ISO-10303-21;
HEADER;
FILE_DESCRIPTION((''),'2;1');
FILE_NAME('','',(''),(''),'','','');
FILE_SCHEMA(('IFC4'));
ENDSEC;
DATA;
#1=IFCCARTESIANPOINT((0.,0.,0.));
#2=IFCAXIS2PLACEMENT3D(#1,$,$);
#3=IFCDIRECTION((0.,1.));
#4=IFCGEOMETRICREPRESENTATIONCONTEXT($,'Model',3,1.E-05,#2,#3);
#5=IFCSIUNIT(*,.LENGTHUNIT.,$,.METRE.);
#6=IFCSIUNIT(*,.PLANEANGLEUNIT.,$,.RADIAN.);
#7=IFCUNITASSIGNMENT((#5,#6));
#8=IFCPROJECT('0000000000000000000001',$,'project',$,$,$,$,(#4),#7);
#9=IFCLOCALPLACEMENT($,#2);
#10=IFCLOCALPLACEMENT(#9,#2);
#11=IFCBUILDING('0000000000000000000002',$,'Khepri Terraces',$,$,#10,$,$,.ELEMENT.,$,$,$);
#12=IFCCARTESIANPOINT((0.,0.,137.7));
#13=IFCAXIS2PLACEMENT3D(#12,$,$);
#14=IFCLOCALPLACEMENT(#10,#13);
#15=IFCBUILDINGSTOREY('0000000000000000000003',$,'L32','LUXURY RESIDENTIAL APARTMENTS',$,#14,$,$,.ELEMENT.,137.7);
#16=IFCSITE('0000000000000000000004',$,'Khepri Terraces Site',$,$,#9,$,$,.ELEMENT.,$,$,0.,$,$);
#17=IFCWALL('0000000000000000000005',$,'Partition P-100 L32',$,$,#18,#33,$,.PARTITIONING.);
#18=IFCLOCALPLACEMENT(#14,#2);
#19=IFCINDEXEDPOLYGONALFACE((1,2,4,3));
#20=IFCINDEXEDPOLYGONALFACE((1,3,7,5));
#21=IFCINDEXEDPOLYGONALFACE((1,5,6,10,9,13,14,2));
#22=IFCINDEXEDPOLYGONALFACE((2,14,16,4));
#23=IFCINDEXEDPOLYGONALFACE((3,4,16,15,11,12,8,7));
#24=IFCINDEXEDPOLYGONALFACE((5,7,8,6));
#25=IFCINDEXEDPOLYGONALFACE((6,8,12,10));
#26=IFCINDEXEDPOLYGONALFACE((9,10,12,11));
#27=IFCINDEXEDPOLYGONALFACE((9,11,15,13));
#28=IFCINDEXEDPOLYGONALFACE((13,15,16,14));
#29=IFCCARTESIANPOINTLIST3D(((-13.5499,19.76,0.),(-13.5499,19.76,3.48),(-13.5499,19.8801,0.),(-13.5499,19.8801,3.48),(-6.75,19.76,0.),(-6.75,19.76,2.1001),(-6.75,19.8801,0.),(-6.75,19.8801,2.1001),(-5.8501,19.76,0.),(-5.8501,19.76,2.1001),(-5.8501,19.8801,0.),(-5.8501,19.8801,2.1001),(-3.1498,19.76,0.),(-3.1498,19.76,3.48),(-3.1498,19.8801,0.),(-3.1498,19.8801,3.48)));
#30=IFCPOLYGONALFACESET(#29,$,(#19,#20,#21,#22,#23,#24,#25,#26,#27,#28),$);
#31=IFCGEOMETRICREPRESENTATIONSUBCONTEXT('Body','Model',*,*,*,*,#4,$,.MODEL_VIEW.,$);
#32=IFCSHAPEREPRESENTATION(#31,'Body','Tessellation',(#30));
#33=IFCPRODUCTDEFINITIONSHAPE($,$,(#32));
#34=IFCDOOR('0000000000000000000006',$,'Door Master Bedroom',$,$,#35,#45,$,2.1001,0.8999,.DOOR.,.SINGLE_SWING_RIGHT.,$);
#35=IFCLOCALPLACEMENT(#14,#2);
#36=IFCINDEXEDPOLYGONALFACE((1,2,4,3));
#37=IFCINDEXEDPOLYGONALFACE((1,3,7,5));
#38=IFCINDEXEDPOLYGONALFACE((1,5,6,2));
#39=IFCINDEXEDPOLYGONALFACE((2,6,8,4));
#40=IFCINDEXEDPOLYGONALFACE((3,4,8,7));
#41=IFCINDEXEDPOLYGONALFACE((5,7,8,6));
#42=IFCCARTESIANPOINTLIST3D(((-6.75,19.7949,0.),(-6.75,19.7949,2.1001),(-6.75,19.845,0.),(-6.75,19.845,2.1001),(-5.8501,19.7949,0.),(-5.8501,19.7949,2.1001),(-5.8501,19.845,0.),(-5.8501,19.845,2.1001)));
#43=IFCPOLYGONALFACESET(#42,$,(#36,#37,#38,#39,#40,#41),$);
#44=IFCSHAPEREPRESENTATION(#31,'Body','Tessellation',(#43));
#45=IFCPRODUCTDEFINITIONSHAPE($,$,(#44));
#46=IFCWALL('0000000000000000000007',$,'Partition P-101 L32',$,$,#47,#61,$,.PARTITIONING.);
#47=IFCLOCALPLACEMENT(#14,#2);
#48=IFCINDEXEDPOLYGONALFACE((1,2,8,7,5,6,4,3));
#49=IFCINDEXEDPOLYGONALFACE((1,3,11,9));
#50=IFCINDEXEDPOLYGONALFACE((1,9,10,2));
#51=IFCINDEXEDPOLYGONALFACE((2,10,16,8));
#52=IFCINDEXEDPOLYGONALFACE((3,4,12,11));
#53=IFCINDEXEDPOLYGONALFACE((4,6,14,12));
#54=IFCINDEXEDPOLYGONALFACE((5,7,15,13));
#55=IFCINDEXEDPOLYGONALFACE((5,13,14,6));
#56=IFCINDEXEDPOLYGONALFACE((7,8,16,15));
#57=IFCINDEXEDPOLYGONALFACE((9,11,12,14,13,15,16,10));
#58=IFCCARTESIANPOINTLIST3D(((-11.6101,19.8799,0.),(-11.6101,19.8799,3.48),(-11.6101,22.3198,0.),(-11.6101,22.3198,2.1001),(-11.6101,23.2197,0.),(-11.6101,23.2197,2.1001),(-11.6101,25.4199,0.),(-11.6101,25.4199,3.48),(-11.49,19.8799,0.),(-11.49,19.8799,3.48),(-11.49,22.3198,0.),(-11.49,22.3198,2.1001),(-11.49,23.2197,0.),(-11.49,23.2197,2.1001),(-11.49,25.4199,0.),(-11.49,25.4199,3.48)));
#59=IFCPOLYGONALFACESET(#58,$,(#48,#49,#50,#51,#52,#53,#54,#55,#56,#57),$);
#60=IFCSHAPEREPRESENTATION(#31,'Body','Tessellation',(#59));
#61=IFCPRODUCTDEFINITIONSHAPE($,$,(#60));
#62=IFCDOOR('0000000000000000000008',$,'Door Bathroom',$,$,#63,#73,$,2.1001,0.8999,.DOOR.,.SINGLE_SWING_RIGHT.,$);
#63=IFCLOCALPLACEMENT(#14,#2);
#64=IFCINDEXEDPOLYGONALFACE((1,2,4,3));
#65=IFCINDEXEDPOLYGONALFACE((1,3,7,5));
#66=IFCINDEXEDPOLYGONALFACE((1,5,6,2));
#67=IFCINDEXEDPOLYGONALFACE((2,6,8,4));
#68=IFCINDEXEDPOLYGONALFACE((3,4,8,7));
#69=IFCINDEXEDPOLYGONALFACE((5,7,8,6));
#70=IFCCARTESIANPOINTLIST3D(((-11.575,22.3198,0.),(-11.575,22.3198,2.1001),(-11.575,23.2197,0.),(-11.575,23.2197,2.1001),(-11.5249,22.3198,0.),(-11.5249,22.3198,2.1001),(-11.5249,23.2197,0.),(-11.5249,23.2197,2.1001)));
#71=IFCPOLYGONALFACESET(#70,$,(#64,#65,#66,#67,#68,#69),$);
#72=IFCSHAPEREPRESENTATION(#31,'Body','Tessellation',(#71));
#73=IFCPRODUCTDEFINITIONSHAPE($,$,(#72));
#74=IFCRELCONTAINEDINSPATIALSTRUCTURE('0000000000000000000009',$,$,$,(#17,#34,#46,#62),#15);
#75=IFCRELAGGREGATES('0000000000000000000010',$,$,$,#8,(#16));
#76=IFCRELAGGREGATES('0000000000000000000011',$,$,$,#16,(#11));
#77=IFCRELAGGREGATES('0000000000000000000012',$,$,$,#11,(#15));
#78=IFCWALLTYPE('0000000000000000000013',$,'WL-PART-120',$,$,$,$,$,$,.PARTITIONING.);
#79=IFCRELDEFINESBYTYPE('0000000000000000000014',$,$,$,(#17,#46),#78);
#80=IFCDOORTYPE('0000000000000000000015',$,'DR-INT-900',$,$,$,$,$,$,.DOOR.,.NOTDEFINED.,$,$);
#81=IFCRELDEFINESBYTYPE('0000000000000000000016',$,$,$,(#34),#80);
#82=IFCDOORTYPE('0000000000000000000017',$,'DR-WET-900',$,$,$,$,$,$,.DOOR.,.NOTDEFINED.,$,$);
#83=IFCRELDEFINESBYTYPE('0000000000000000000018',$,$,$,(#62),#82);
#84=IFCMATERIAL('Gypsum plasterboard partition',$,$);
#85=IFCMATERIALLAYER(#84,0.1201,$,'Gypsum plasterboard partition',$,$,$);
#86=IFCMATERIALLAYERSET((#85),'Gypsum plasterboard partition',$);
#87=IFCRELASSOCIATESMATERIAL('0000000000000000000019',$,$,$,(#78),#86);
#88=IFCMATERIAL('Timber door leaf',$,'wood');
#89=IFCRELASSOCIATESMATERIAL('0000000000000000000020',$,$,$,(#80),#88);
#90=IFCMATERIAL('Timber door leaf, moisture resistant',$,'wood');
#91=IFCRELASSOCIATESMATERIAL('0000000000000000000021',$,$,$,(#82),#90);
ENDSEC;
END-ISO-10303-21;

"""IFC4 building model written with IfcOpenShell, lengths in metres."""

from ifc_helpers import new_model, si_unit, direction, frame, frame_2d, origin, place, context, subcontext, project, spatial, rectangle, extrude, material, layer, layer_set, type_object, element, fill, save


model = new_model("IFC4")

# Units and contexts
model_context = context("Model", 3, precision=1e-05, world=origin(), true_north=direction((0.0, 1.0)))
body_context = subcontext(model_context, "Body", "Model", "MODEL_VIEW")
ifc_project = project(units=[si_unit("LENGTHUNIT", "METRE"), si_unit("PLANEANGLEUNIT", "RADIAN")], contexts=[model_context])

# Site, building, storey
site_placement = place(None, origin())
site = spatial("IfcSite", under=ifc_project, at=site_placement, Name="Khepri Terraces Site", CompositionType="ELEMENT", RefElevation=0.0)
building_placement = place(site_placement, origin())
building = spatial("IfcBuilding", under=site, at=building_placement, Name="Khepri Terraces", CompositionType="ELEMENT")
storey_placement = place(building_placement, frame((0.0, 0.0, 137.7)))
storey = spatial("IfcBuildingStorey", under=building, at=storey_placement, Name="L32", Description="LUXURY RESIDENTIAL APARTMENTS", CompositionType="ELEMENT", Elevation=137.7)

# Shared definitions
ifc_material_1 = material(Name="Gypsum plasterboard partition")
ifc_layer_1 = layer(ifc_material_1, 0.1201, Name="Gypsum plasterboard partition")
ifc_layer_set_1 = layer_set([ifc_layer_1], Name="Gypsum plasterboard partition")
wall_type_1 = type_object("IfcWallType", Name="WL-PART-120", PredefinedType="PARTITIONING", material=ifc_layer_set_1)

# Shared definitions
ifc_material_2 = material(Name="Timber door leaf", Category="wood")
door_type_1 = type_object("IfcDoorType", Name="DR-INT-900", OperationType="NOTDEFINED", PredefinedType="DOOR", material=ifc_material_2)
ifc_material_3 = material(Name="Timber door leaf, moisture resistant", Category="wood")
door_type_2 = type_object("IfcDoorType", Name="DR-WET-900", OperationType="NOTDEFINED", PredefinedType="DOOR", material=ifc_material_3)

# Walls, openings, doors
wall_1_placement = place(storey_placement, frame((-13.55, 19.8201, 0.0), z_axis=(0.0, 0.0, 1.0), x_axis=(1.0, 0.0, 0.0)))
wall_1 = element("IfcWall", 1, at=wall_1_placement, inside=storey, type_object=wall_type_1, Name="Partition P-100 L32", PredefinedType="PARTITIONING", context=body_context, shape_type="SweptSolid", body=[
    extrude(rectangle(XDim=10.4001, YDim=0.1201, at=frame_2d((5.2002, 0.0))), origin(), (0.0, 0.0, 1.0), 3.48),
])
opening_1_placement = place(wall_1_placement, frame((6.8, 0.0, 0.0)))
opening_1 = element("IfcOpeningElement", 2, at=opening_1_placement, cuts=wall_1, PredefinedType="OPENING", context=body_context, shape_type="SweptSolid", body=[
    extrude(rectangle(XDim=0.8999, YDim=2.1001, at=frame_2d((0.45, 1.05))), frame((0.0, 0.0701, 0.0), z_axis=(0.0, -1.0, 0.0), x_axis=(1.0, 0.0, 0.0)), (0.0, 0.0, 1.0), 0.1401),
])
door_1_placement = place(opening_1_placement, origin())
door_1 = element("IfcDoor", 3, at=door_1_placement, inside=storey, type_object=door_type_1, Name="Door Master Bedroom", OperationType="SINGLE_SWING_RIGHT", OverallHeight=2.1001, OverallWidth=0.8999, PredefinedType="DOOR", context=body_context, shape_type="SweptSolid", body=[
    extrude(rectangle(XDim=0.8999, YDim=2.1001, at=frame_2d((0.45, 1.05))), frame((0.0, 0.0249, 0.0), z_axis=(0.0, -1.0, 0.0), x_axis=(1.0, 0.0, 0.0)), (0.0, 0.0, 1.0), 0.05),
])
fill(opening_1, door_1)
wall_2_placement = place(storey_placement, frame((-11.55, 19.8799, 0.0), z_axis=(0.0, 0.0, 1.0), x_axis=(0.0, 1.0, 0.0)))
wall_2 = element("IfcWall", 4, at=wall_2_placement, inside=storey, type_object=wall_type_1, Name="Partition P-101 L32", PredefinedType="PARTITIONING", context=body_context, shape_type="SweptSolid", body=[
    extrude(rectangle(XDim=5.54, YDim=0.1201, at=frame_2d((2.77, 0.0))), origin(), (0.0, 0.0, 1.0), 3.48),
])
opening_2_placement = place(wall_2_placement, frame((2.4399, 0.0, 0.0)))
opening_2 = element("IfcOpeningElement", 5, at=opening_2_placement, cuts=wall_2, PredefinedType="OPENING", context=body_context, shape_type="SweptSolid", body=[
    extrude(rectangle(XDim=0.8999, YDim=2.1001, at=frame_2d((0.45, 1.05))), frame((0.0, 0.0701, 0.0), z_axis=(0.0, -1.0, 0.0), x_axis=(1.0, 0.0, 0.0)), (0.0, 0.0, 1.0), 0.1401),
])
door_2_placement = place(opening_2_placement, origin())
door_2 = element("IfcDoor", 6, at=door_2_placement, inside=storey, type_object=door_type_2, Name="Door Bathroom", OperationType="SINGLE_SWING_RIGHT", OverallHeight=2.1001, OverallWidth=0.8999, PredefinedType="DOOR", context=body_context, shape_type="SweptSolid", body=[
    extrude(rectangle(XDim=0.8999, YDim=2.1001, at=frame_2d((0.45, 1.05))), frame((0.0, 0.0249, 0.0), z_axis=(0.0, -1.0, 0.0), x_axis=(1.0, 0.0, 0.0)), (0.0, 0.0, 1.0), 0.05),
])
fill(opening_2, door_2)

save(model, "model.ifc")
